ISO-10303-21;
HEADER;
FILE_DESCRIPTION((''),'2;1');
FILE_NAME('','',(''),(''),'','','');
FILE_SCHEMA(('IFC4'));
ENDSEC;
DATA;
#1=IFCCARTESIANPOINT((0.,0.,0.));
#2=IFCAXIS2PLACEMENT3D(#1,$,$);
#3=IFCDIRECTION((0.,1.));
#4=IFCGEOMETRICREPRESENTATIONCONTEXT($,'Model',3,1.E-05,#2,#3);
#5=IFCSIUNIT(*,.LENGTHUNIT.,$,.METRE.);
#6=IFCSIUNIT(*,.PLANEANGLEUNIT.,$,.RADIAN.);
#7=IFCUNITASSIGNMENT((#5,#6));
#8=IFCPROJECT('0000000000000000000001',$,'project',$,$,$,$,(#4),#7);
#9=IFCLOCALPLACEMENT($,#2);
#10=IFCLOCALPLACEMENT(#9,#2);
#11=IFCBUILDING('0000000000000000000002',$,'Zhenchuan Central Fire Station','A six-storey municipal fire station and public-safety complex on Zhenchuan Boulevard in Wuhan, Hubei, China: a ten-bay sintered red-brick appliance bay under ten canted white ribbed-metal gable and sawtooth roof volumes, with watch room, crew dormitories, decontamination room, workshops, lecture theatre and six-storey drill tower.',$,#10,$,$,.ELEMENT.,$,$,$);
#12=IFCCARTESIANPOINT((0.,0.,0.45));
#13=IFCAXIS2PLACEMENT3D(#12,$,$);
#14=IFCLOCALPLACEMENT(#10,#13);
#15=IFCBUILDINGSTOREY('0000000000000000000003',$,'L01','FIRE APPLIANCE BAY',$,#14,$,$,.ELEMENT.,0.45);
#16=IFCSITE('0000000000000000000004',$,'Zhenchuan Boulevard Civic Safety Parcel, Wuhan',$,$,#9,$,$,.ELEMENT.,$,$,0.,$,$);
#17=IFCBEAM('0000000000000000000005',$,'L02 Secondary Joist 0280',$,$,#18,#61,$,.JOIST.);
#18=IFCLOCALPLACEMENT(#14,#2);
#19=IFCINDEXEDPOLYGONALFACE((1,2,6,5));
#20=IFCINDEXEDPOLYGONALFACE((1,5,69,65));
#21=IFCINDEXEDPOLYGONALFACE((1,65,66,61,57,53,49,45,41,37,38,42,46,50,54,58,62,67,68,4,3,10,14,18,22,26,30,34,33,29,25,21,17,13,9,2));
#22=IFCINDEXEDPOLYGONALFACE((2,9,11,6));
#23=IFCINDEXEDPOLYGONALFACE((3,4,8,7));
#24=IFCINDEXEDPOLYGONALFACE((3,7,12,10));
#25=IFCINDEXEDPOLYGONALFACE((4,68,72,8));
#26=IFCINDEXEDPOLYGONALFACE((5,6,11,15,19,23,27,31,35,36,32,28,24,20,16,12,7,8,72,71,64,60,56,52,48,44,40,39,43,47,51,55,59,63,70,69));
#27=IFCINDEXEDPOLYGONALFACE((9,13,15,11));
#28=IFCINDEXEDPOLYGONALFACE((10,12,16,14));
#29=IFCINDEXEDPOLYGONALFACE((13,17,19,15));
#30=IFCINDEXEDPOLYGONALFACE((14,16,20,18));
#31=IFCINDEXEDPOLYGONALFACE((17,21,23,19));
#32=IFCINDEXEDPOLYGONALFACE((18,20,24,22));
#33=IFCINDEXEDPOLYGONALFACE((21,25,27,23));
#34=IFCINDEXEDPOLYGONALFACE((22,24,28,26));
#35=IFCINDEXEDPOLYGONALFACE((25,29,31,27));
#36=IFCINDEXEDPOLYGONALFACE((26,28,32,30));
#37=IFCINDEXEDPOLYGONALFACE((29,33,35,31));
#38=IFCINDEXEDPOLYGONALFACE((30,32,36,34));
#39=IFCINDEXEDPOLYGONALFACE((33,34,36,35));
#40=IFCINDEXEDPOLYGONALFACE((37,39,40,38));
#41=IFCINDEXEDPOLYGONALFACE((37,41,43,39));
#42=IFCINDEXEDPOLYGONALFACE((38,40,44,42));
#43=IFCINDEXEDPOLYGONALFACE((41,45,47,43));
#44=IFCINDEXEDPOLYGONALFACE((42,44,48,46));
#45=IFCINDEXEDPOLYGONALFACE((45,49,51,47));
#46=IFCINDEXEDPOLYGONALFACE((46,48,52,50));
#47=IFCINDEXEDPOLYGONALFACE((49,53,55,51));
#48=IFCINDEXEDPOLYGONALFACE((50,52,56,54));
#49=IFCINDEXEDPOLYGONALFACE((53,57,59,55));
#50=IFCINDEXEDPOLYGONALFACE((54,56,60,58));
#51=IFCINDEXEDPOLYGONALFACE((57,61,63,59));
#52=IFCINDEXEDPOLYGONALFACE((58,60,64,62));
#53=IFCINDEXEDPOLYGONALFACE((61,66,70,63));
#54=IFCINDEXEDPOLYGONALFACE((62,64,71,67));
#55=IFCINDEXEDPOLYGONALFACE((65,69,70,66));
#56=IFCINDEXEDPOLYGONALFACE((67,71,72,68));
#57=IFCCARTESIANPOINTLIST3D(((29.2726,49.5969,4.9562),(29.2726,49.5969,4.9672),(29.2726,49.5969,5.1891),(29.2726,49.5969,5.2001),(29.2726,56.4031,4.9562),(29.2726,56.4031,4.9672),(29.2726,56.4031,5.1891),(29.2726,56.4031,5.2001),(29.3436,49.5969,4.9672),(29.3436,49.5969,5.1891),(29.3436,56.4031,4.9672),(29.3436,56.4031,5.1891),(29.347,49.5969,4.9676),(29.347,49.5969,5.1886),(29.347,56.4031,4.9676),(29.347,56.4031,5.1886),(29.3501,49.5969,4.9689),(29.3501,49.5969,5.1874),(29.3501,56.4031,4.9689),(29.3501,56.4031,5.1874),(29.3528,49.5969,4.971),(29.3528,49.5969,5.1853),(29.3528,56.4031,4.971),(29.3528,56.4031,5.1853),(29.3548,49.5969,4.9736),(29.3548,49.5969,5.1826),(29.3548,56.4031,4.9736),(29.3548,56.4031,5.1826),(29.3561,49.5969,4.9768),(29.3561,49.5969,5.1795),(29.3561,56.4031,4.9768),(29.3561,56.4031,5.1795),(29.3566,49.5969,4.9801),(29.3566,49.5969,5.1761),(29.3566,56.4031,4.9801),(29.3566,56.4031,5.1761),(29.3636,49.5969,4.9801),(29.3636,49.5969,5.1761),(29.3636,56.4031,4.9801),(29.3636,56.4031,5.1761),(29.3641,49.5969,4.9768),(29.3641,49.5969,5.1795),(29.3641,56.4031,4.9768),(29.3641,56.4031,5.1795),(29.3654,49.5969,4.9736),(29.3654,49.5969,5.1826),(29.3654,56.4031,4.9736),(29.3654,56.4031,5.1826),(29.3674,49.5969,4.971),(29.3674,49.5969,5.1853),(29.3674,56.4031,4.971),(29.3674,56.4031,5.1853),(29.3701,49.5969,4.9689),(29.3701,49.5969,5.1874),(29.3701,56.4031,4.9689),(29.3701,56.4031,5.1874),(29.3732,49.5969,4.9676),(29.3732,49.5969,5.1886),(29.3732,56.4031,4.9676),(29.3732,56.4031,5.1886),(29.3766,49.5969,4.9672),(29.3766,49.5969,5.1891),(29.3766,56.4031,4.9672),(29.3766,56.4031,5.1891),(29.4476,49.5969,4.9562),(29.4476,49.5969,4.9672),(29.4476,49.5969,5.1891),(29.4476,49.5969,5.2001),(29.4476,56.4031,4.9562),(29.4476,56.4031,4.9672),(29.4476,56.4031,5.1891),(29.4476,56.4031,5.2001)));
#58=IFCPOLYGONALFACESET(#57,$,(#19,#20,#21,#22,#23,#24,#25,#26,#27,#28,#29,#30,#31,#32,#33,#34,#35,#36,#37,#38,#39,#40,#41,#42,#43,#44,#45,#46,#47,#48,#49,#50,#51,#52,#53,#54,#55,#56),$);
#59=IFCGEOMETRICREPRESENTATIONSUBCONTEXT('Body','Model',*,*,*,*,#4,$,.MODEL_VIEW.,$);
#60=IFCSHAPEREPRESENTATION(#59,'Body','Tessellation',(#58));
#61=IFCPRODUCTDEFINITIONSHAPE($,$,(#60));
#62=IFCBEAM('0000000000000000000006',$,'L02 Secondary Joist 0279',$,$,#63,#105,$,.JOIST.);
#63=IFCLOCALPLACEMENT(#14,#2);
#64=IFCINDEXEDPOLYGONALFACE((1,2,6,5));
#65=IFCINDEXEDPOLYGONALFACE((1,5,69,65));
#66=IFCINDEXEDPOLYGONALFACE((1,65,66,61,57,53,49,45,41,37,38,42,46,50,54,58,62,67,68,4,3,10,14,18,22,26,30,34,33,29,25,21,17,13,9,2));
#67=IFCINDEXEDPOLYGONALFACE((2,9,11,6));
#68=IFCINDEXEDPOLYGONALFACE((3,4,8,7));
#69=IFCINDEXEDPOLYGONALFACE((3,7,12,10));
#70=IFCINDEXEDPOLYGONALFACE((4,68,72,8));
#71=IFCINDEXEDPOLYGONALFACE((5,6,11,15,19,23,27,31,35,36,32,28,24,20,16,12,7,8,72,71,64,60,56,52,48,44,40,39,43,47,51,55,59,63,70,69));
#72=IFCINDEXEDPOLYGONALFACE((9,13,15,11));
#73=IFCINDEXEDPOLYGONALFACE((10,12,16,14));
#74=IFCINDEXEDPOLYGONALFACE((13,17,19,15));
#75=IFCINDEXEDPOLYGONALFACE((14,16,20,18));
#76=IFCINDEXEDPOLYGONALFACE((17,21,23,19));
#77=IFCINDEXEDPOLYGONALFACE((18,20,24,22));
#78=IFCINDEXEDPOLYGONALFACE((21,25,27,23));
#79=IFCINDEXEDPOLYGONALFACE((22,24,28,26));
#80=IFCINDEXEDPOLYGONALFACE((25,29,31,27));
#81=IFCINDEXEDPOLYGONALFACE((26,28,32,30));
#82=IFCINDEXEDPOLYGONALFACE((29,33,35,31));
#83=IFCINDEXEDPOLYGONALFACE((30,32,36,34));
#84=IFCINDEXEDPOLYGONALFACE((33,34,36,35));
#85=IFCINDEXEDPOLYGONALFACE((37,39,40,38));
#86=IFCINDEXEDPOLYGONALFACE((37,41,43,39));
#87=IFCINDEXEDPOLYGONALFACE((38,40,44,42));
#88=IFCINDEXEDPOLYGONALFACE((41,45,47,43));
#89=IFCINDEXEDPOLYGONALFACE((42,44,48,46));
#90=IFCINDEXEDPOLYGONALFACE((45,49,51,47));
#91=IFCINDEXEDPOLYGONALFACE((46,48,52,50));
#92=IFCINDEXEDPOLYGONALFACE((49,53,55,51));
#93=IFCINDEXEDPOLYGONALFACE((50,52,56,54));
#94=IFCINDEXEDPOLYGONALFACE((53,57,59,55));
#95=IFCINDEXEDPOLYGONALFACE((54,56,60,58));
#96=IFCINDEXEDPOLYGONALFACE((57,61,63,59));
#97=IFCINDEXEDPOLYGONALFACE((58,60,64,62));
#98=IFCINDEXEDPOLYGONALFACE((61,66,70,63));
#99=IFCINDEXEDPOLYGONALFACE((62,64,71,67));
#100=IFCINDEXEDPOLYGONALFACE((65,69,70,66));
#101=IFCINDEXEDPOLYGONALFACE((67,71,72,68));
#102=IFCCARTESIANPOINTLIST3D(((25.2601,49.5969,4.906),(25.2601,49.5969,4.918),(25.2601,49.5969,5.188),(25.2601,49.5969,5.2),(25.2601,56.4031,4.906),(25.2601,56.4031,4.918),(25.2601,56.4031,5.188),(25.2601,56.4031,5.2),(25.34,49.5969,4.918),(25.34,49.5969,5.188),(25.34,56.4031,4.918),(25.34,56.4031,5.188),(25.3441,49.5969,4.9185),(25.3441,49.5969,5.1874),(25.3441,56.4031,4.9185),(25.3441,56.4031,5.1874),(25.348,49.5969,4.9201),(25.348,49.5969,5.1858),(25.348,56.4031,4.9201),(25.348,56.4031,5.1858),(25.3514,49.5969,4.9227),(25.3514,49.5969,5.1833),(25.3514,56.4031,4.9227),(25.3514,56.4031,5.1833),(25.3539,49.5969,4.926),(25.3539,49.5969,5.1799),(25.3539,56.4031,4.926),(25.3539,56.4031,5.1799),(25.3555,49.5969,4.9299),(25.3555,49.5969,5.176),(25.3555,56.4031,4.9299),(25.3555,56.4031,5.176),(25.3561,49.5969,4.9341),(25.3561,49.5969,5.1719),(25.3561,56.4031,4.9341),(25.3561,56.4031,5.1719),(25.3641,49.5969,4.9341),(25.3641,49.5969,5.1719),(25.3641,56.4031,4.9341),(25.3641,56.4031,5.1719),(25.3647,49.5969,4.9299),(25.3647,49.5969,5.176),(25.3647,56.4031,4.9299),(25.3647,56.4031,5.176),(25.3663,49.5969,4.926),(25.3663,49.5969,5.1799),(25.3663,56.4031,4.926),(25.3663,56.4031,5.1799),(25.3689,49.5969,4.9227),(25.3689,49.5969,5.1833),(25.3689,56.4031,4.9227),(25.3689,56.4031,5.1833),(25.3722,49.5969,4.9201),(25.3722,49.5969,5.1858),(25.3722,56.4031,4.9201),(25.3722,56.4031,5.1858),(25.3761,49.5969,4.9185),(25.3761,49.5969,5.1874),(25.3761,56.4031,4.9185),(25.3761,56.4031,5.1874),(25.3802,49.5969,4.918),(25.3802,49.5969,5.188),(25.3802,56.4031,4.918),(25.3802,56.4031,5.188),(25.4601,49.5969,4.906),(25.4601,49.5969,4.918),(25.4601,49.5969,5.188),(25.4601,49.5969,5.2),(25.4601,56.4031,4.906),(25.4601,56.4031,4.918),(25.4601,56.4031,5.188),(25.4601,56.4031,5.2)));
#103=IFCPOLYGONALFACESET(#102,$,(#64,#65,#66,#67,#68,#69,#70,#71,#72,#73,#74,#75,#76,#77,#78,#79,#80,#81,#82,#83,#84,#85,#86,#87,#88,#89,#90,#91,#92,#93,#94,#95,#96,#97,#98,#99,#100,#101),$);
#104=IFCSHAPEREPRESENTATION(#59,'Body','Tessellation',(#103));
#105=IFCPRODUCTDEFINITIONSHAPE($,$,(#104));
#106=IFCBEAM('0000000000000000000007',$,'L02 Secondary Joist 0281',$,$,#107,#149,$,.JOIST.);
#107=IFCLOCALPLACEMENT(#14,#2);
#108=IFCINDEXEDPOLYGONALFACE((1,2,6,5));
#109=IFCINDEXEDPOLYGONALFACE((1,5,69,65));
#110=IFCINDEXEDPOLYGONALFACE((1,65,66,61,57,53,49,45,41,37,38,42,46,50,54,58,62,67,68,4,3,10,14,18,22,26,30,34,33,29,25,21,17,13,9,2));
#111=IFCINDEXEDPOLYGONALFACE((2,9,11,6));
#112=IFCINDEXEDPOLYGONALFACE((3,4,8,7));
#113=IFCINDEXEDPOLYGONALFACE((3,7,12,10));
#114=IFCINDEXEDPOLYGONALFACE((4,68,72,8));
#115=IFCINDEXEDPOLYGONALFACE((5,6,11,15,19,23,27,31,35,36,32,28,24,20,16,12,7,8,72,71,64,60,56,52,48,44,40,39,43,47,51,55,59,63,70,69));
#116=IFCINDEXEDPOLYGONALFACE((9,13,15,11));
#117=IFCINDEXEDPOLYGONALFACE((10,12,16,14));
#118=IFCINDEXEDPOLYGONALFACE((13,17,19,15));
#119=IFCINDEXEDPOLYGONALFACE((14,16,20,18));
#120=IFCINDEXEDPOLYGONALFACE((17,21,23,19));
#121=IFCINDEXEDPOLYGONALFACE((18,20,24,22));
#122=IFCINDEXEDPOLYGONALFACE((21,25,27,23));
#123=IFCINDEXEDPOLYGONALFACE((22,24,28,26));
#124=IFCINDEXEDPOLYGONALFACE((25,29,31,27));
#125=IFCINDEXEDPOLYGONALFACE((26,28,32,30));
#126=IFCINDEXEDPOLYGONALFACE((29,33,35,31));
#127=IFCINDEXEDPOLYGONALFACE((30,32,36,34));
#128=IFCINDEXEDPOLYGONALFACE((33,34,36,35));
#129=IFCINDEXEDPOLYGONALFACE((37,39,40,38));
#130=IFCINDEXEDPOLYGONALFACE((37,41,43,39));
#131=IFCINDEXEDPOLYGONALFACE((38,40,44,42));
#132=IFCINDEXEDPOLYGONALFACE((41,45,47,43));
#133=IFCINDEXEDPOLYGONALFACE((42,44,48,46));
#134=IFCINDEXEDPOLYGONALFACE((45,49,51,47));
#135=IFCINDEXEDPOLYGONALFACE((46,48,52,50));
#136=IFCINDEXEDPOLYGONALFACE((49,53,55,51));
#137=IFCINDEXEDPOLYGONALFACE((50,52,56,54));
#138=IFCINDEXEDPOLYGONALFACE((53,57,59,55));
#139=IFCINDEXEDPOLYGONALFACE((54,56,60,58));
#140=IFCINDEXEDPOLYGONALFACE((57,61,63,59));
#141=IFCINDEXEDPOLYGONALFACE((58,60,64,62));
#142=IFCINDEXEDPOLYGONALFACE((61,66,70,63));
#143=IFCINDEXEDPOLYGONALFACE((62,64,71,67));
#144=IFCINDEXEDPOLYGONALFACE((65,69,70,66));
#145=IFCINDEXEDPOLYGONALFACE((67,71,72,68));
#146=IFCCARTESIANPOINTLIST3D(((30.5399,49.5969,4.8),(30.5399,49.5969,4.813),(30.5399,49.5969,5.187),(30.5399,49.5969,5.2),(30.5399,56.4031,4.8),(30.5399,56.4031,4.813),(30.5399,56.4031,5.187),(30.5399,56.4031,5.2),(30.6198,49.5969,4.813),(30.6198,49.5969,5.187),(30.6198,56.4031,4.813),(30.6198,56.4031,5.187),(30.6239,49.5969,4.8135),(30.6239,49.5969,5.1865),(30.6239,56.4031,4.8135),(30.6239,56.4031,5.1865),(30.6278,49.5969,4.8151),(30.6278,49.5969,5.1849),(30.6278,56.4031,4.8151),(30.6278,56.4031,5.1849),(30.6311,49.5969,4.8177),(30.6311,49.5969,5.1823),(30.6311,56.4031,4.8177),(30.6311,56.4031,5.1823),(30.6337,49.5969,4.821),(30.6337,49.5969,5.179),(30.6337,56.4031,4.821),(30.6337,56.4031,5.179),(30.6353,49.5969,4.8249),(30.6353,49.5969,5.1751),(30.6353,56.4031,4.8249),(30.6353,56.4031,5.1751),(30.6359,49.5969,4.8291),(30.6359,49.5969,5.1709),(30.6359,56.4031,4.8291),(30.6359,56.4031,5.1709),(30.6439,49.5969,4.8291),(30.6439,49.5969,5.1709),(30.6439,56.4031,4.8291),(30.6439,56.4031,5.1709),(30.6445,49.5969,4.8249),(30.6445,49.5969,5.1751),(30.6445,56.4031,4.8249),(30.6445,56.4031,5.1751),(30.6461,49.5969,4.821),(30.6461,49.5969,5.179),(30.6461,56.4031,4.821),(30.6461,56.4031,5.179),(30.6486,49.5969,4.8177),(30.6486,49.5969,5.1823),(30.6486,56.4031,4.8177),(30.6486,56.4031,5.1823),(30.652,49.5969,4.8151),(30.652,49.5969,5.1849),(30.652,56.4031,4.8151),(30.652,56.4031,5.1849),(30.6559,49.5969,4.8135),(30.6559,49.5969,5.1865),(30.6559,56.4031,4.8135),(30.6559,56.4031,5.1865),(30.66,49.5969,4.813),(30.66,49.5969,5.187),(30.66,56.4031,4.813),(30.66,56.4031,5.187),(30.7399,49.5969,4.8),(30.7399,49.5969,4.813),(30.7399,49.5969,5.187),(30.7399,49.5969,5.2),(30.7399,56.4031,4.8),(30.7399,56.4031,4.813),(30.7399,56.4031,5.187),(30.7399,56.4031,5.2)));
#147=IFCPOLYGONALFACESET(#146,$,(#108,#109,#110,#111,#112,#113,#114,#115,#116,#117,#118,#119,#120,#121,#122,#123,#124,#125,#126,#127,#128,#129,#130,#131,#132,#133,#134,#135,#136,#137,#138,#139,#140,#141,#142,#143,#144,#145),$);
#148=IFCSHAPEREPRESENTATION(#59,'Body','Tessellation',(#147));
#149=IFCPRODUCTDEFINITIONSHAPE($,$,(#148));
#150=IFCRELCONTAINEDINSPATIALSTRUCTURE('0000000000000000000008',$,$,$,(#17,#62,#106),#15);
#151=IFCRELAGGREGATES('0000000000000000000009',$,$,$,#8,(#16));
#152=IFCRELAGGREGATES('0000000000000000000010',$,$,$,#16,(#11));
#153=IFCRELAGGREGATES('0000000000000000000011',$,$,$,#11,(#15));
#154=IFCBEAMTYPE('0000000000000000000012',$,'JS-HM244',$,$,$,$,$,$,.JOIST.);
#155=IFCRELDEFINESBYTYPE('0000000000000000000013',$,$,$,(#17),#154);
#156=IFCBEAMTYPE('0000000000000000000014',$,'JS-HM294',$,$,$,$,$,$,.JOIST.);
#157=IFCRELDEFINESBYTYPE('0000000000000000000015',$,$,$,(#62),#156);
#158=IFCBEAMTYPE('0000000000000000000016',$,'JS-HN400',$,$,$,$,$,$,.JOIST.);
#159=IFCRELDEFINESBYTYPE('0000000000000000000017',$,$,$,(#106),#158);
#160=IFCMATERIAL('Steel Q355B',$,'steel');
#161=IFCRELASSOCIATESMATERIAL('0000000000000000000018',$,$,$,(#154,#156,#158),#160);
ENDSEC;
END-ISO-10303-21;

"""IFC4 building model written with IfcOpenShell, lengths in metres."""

from ifc_helpers import new_model, si_unit, direction, frame, origin, origin_2d, place, context, subcontext, project, spatial, i_section, extrude, material, material_profile, profile_set, type_object, element, save


model = new_model("IFC4")

# Units and contexts
model_context = context("Model", 3, precision=1e-05, world=origin(), true_north=direction((0.0, 1.0)))
body_context = subcontext(model_context, "Body", "Model", "MODEL_VIEW")
ifc_project = project(units=[si_unit("LENGTHUNIT", "METRE"), si_unit("PLANEANGLEUNIT", "RADIAN")], contexts=[model_context])

# Site, building, storey
site_placement = place(None, origin())
site = spatial("IfcSite", under=ifc_project, at=site_placement, Name="Zhenchuan Boulevard Civic Safety Parcel, Wuhan", CompositionType="ELEMENT", RefElevation=0.0)
building_placement = place(site_placement, origin())
building = spatial("IfcBuilding", under=site, at=building_placement, Name="Zhenchuan Central Fire Station", Description="A six-storey municipal fire station and public-safety complex on Zhenchuan Boulevard in Wuhan, Hubei, China: a ten-bay sintered red-brick appliance bay under ten canted white ribbed-metal gable and sawtooth roof volumes, with watch room, crew dormitories, decontamination room, workshops, lecture theatre and six-storey drill tower.", CompositionType="ELEMENT")
storey_placement = place(building_placement, frame((0.0, 0.0, 0.45)))
storey = spatial("IfcBuildingStorey", under=building, at=storey_placement, Name="L01", Description="FIRE APPLIANCE BAY", CompositionType="ELEMENT", Elevation=0.45)

# Shared definitions
ifc_material_1 = material(Name="Steel Q355B", Category="steel")

# Beams
ifc_material_profile_1 = material_profile(ifc_material_1, i_section(OverallWidth=0.175, OverallDepth=0.2439, WebThickness=0.0071, FlangeThickness=0.011, FilletRadius=0.0129, at=origin_2d()), Name="HM 244x175")
ifc_profile_set_1 = profile_set([ifc_material_profile_1], Name="Steel Q355B")
beam_type_1 = type_object("IfcBeamType", Name="JS-HM244", PredefinedType="JOIST", material=ifc_profile_set_1)
beam_1_placement = place(storey_placement, frame((29.3601, 49.5969, 5.0781), z_axis=(0.0, 1.0, 0.0), x_axis=(-1.0, 0.0, 0.0)))
element("IfcBeam", 1, at=beam_1_placement, inside=storey, type_object=beam_type_1, Name="L02 Secondary Joist 0280", PredefinedType="JOIST", context=body_context, shape_type="SweptSolid", body=[
    extrude(i_section(OverallWidth=0.175, OverallDepth=0.2439, WebThickness=0.0071, FlangeThickness=0.011, FilletRadius=0.0129, at=origin_2d()), origin(), (0.0, 0.0, 1.0), 6.8062),
])
ifc_material_profile_2 = material_profile(ifc_material_1, i_section(OverallWidth=0.2, OverallDepth=0.2939, WebThickness=0.0081, FlangeThickness=0.012, FilletRadius=0.0161, at=origin_2d()), Name="HM 294x200")
ifc_profile_set_2 = profile_set([ifc_material_profile_2], Name="Steel Q355B")
beam_type_2 = type_object("IfcBeamType", Name="JS-HM294", PredefinedType="JOIST", material=ifc_profile_set_2)
beam_2_placement = place(storey_placement, frame((25.3601, 49.5969, 5.053), z_axis=(0.0, 1.0, 0.0), x_axis=(-1.0, 0.0, 0.0)))
element("IfcBeam", 2, at=beam_2_placement, inside=storey, type_object=beam_type_2, Name="L02 Secondary Joist 0279", PredefinedType="JOIST", context=body_context, shape_type="SweptSolid", body=[
    extrude(i_section(OverallWidth=0.2, OverallDepth=0.2939, WebThickness=0.0081, FlangeThickness=0.012, FilletRadius=0.0161, at=origin_2d()), origin(), (0.0, 0.0, 1.0), 6.8062),
])
ifc_material_profile_3 = material_profile(ifc_material_1, i_section(OverallWidth=0.2, OverallDepth=0.3999, WebThickness=0.0081, FlangeThickness=0.0129, FilletRadius=0.0161, at=origin_2d()), Name="HN 400x200")
ifc_profile_set_3 = profile_set([ifc_material_profile_3], Name="Steel Q355B")
beam_type_3 = type_object("IfcBeamType", Name="JS-HN400", PredefinedType="JOIST", material=ifc_profile_set_3)
beam_3_placement = place(storey_placement, frame((30.6399, 49.5969, 5.0), z_axis=(0.0, 1.0, 0.0), x_axis=(-1.0, 0.0, 0.0)))
element("IfcBeam", 3, at=beam_3_placement, inside=storey, type_object=beam_type_3, Name="L02 Secondary Joist 0281", PredefinedType="JOIST", context=body_context, shape_type="SweptSolid", body=[
    extrude(i_section(OverallWidth=0.2, OverallDepth=0.3999, WebThickness=0.0081, FlangeThickness=0.0129, FilletRadius=0.0161, at=origin_2d()), origin(), (0.0, 0.0, 1.0), 6.8062),
])

save(model, "model.ifc")
